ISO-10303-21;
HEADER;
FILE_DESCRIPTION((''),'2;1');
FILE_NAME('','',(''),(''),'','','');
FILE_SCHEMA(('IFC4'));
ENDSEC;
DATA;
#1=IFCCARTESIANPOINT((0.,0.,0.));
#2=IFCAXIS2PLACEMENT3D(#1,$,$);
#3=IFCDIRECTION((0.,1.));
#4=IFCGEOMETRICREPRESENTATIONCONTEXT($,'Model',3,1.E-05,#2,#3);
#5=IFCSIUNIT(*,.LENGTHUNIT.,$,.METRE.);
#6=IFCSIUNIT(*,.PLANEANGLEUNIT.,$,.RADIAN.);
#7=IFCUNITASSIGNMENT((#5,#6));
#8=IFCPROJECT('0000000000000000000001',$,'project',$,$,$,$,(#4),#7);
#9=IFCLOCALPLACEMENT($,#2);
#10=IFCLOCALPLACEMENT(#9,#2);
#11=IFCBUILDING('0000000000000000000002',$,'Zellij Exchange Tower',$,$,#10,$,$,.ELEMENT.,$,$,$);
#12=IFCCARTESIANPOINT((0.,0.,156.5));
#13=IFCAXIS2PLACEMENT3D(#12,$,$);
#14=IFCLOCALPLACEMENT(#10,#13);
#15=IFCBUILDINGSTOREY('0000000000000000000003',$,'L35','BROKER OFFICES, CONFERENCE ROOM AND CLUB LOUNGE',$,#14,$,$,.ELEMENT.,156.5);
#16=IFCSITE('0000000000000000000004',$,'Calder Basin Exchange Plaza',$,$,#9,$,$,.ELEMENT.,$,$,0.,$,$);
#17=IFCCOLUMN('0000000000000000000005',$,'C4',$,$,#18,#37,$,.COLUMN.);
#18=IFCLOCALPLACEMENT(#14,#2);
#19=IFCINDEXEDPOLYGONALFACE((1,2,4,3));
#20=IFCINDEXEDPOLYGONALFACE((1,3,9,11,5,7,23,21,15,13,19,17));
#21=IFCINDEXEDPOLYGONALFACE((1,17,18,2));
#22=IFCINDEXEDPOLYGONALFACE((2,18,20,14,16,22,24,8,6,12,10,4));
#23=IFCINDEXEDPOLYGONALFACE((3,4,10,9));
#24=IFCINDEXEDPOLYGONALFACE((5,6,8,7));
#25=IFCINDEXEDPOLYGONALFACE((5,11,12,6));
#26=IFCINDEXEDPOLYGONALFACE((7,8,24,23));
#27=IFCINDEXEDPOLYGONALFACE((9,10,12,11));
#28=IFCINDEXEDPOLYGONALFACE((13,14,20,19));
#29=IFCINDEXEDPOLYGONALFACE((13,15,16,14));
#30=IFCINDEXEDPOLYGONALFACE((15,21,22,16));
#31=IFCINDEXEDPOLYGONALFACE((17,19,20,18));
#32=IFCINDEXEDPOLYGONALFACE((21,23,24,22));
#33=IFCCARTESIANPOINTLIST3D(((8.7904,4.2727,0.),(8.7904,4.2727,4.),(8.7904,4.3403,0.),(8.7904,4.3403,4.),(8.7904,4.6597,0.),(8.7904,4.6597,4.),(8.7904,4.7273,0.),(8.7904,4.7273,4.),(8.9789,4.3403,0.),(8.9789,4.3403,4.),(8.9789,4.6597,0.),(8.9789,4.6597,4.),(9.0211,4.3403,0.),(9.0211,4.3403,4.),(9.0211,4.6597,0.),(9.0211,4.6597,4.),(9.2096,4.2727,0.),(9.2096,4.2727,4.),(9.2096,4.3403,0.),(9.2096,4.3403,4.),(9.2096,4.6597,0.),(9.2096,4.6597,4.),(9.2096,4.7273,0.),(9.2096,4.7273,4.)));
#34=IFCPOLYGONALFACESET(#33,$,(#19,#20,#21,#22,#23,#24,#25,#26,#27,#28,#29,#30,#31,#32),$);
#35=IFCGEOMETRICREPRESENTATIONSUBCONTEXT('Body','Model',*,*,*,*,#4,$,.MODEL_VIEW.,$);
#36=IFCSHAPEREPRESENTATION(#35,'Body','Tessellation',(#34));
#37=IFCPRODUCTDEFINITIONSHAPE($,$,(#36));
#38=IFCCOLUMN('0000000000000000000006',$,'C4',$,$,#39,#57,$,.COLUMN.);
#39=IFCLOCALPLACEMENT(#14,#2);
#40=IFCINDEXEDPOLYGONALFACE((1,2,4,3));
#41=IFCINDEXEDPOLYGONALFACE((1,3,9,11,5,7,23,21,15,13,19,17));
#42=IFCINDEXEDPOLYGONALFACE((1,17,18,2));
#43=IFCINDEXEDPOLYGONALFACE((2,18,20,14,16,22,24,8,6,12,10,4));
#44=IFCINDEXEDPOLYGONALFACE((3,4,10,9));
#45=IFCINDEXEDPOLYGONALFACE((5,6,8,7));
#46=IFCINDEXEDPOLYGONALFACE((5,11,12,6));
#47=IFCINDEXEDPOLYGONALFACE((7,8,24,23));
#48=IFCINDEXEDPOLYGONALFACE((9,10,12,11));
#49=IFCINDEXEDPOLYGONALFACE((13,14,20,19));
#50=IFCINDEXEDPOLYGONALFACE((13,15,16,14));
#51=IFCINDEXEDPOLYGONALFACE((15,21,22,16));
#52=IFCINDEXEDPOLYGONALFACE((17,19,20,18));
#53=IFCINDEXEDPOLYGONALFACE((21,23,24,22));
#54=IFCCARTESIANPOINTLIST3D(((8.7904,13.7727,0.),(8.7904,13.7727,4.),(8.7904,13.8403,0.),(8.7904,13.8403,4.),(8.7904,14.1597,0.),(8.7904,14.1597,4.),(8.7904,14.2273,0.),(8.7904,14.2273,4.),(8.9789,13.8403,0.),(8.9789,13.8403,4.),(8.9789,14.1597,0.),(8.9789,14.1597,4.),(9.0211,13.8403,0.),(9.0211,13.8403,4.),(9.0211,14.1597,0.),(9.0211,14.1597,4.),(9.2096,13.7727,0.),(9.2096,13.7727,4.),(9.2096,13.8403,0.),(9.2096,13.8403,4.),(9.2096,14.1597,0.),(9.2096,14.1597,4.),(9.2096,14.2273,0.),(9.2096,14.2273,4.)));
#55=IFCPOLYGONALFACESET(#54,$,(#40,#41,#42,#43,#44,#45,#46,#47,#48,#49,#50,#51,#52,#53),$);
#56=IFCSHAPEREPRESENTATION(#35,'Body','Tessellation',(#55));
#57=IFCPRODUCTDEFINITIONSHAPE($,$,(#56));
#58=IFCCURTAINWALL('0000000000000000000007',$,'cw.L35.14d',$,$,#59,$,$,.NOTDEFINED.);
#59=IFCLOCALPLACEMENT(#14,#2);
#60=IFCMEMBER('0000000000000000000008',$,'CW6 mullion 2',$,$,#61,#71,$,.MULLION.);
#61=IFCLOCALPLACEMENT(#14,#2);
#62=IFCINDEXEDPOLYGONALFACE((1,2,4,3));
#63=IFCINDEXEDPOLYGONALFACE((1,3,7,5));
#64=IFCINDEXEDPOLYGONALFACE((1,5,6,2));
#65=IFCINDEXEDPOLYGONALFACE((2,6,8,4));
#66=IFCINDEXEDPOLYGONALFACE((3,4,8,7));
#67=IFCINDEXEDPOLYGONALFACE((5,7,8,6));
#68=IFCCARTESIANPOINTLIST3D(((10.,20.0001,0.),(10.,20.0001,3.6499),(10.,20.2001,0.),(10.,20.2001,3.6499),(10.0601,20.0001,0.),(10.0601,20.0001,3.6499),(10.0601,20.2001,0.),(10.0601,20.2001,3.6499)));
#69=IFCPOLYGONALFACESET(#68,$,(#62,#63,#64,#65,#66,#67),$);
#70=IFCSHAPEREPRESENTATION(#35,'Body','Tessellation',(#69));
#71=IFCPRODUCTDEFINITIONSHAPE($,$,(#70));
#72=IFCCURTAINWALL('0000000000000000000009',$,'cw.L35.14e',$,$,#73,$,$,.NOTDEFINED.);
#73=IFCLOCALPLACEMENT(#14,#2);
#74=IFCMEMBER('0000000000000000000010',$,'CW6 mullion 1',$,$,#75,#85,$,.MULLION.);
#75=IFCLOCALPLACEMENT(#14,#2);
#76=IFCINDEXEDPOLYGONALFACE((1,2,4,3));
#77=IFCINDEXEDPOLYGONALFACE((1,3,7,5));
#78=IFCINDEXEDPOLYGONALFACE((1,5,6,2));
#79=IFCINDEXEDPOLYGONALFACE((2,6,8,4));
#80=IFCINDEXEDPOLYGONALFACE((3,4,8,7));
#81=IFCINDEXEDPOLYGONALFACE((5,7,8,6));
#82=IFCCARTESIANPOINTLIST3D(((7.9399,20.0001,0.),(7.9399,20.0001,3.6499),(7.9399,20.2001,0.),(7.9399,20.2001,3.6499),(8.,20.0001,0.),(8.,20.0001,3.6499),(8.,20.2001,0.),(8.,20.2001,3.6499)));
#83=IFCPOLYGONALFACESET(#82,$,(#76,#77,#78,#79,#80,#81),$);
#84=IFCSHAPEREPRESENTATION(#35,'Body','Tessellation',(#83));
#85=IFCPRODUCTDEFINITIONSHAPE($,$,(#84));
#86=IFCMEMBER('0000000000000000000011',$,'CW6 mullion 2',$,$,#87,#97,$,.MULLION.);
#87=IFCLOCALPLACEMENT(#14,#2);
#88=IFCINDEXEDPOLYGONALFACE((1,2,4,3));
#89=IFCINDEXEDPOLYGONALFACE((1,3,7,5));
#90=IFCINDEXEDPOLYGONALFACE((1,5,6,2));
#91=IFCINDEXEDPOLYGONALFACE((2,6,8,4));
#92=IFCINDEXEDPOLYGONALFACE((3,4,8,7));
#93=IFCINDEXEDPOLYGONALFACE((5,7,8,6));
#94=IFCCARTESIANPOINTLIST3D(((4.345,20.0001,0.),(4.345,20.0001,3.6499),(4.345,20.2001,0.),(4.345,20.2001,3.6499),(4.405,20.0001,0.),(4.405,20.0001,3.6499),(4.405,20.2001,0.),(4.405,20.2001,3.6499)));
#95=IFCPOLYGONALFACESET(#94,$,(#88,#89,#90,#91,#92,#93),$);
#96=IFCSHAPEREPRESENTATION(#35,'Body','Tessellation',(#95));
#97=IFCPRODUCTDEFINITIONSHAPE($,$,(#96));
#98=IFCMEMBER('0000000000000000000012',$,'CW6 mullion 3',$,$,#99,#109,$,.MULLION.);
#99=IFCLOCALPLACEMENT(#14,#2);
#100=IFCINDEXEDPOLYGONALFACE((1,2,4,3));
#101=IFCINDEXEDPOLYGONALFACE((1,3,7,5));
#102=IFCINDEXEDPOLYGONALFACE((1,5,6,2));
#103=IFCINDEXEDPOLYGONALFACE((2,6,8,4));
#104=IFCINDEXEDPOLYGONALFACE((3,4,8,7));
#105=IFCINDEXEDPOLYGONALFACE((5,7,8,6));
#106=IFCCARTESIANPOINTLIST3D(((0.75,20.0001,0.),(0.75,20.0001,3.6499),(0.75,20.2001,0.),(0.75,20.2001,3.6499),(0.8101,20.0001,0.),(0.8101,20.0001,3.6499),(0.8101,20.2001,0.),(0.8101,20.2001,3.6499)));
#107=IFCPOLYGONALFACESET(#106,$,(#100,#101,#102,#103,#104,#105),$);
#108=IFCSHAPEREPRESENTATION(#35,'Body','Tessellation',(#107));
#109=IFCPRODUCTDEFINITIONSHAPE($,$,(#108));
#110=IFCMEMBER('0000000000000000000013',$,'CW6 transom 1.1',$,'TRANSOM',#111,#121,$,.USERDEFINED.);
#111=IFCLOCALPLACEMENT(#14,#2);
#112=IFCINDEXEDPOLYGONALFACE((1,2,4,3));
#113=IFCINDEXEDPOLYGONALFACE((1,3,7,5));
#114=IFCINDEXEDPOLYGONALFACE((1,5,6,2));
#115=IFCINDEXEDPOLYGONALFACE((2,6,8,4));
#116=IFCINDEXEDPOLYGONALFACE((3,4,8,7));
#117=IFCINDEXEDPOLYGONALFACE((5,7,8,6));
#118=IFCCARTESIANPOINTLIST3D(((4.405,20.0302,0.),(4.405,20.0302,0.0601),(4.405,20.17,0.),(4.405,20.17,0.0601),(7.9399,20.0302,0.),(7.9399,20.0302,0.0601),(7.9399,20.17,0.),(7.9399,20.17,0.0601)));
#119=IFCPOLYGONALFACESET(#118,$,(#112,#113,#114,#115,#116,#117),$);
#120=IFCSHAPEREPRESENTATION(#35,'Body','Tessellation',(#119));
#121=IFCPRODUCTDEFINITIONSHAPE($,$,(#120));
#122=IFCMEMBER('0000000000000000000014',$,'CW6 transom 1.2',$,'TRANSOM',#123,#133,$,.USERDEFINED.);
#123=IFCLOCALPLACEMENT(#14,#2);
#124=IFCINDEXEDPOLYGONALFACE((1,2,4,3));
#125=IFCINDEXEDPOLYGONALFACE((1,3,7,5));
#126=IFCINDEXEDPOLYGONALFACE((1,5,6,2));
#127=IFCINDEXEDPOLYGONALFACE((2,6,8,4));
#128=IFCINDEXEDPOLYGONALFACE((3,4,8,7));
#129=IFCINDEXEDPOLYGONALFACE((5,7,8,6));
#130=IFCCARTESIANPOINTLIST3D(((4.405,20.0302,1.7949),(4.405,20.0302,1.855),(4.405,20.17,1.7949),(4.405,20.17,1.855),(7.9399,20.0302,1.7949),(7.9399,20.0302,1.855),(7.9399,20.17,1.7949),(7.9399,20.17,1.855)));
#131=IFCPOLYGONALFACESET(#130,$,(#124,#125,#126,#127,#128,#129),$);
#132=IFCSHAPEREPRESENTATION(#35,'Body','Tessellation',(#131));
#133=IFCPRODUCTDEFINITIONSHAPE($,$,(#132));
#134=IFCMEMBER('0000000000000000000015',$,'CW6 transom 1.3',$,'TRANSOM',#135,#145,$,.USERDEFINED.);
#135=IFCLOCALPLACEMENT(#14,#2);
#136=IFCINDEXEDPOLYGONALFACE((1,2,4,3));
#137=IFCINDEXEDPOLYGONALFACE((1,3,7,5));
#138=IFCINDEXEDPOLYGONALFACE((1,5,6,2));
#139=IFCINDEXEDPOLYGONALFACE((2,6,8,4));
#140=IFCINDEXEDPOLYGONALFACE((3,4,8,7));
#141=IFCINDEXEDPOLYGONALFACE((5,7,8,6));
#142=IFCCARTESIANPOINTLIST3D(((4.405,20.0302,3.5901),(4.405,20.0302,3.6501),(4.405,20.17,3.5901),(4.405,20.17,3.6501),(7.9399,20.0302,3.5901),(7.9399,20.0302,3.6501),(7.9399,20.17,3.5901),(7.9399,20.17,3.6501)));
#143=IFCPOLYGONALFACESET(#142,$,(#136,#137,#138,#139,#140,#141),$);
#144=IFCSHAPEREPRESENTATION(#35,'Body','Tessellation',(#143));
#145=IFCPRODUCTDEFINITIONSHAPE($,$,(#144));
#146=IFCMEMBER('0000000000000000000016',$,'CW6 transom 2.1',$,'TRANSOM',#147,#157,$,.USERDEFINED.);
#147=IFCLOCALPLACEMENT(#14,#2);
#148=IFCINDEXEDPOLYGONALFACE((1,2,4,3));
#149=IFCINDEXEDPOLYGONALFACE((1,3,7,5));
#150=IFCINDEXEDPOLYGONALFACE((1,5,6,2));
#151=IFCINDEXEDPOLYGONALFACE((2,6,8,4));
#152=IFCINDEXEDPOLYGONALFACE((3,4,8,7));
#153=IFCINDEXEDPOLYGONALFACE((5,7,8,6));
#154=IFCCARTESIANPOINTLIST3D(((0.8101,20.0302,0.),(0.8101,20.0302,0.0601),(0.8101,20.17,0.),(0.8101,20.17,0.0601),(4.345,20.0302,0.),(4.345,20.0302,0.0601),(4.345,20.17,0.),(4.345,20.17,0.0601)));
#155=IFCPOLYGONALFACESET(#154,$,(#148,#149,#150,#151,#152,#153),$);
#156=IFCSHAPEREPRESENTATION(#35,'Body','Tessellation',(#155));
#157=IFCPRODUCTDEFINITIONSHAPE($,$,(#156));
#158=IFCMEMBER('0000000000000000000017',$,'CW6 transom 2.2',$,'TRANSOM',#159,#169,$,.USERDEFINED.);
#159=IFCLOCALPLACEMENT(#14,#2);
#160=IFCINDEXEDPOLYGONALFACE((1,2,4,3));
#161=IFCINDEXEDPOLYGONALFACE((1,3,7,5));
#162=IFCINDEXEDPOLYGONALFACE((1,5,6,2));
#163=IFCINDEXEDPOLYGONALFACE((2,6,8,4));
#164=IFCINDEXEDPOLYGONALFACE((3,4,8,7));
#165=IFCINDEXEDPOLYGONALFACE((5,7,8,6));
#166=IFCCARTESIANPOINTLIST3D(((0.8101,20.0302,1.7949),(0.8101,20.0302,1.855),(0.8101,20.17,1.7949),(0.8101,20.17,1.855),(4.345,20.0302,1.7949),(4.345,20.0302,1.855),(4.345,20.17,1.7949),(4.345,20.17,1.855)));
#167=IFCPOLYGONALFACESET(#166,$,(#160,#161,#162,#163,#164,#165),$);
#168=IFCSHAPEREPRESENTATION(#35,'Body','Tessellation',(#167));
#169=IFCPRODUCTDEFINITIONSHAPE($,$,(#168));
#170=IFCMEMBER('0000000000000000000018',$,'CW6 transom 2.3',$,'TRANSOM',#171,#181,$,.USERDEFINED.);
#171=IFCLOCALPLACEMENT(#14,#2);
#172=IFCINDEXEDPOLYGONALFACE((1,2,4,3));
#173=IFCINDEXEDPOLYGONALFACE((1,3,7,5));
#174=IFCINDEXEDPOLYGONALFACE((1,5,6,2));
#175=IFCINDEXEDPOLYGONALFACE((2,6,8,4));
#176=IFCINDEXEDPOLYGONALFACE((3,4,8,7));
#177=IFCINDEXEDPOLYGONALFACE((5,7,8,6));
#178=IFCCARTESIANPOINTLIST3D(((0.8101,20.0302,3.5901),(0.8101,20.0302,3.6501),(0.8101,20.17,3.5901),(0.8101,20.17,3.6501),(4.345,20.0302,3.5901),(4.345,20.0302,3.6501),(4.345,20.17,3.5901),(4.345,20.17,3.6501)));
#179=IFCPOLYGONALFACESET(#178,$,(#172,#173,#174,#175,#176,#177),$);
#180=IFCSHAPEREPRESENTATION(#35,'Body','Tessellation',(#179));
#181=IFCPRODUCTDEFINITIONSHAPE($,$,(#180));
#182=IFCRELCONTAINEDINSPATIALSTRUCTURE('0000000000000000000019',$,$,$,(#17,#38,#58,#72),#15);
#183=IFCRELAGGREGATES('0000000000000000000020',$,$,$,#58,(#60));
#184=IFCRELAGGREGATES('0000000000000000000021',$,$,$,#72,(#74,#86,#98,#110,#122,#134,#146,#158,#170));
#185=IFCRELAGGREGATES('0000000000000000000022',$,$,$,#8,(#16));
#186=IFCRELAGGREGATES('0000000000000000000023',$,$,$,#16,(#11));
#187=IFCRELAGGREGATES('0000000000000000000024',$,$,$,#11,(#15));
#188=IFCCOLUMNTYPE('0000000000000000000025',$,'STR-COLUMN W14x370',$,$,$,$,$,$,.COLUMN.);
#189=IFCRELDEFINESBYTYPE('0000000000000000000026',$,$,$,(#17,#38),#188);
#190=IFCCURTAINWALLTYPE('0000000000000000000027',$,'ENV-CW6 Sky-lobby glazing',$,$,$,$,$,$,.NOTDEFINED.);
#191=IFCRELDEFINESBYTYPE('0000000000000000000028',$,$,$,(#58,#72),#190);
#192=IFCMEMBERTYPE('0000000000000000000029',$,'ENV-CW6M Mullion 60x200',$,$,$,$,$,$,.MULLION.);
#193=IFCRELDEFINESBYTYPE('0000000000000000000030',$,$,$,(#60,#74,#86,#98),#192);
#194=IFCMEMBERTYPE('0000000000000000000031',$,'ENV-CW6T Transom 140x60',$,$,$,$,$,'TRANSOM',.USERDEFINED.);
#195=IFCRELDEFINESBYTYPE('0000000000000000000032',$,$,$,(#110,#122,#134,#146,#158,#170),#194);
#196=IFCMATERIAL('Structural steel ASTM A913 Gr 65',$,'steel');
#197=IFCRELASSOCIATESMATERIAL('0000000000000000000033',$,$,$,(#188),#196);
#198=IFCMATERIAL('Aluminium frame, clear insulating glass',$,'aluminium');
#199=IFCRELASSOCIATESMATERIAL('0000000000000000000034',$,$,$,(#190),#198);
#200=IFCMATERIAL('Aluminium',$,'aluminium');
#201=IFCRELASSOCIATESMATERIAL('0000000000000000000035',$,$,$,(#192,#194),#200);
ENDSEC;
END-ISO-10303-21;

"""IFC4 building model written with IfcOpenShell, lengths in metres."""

from ifc_helpers import new_model, si_unit, direction, frame, origin, origin_2d, place, context, subcontext, project, spatial, rectangle, i_section, extrude, material, material_profile, profile_set, type_object, element, aggregate, save


model = new_model("IFC4")

# Units and contexts
model_context = context("Model", 3, precision=1e-05, world=origin(), true_north=direction((0.0, 1.0)))
body_context = subcontext(model_context, "Body", "Model", "MODEL_VIEW")
ifc_project = project(units=[si_unit("LENGTHUNIT", "METRE"), si_unit("PLANEANGLEUNIT", "RADIAN")], contexts=[model_context])

# Site, building, storey
site_placement = place(None, origin())
site = spatial("IfcSite", under=ifc_project, at=site_placement, Name="Calder Basin Exchange Plaza", CompositionType="ELEMENT", RefElevation=0.0)
building_placement = place(site_placement, origin())
building = spatial("IfcBuilding", under=site, at=building_placement, Name="Zellij Exchange Tower", CompositionType="ELEMENT")
storey_placement = place(building_placement, frame((0.0, 0.0, 156.5)))
storey = spatial("IfcBuildingStorey", under=building, at=storey_placement, Name="L35", Description="BROKER OFFICES, CONFERENCE ROOM AND CLUB LOUNGE", CompositionType="ELEMENT", Elevation=156.5)

# Columns
ifc_material_1 = material(Name="Structural steel ASTM A913 Gr 65", Category="steel")
ifc_material_profile_1 = material_profile(ifc_material_1, i_section(OverallWidth=0.4192, OverallDepth=0.4546, WebThickness=0.0422, FlangeThickness=0.0676, at=origin_2d()), Name="W14x370")
ifc_profile_set_1 = profile_set([ifc_material_profile_1], Name="Structural steel ASTM A913 Gr 65")
column_type_1 = type_object("IfcColumnType", Name="STR-COLUMN W14x370", PredefinedType="COLUMN", material=ifc_profile_set_1)
for number, where, z_axis, x_axis, name in (
    (1, (9.0, 4.5, 0.0), (0.0, 0.0, 1.0), (1.0, 0.0, 0.0), "C4"),
    (2, (9.0, 14.0, 0.0), (0.0, 0.0, 1.0), (1.0, 0.0, 0.0), "C4"),
):
    element("IfcColumn", number, at=place(storey_placement, frame(where, z_axis=z_axis, x_axis=x_axis)), inside=storey, type_object=column_type_1, Name=name, PredefinedType="COLUMN", context=body_context, shape_type="SweptSolid", body=[
        extrude(i_section(OverallWidth=0.4192, OverallDepth=0.4546, WebThickness=0.0422, FlangeThickness=0.0676, at=origin_2d()), origin(), (0.0, 0.0, 1.0), 4.0),
    ])

# Curtain wall, member
ifc_material_2 = material(Name="Aluminium frame, clear insulating glass", Category="aluminium")
curtain_wall_type = type_object("IfcCurtainWallType", Name="ENV-CW6 Sky-lobby glazing", PredefinedType="NOTDEFINED", material=ifc_material_2)
curtain_wall_1_placement = place(storey_placement, origin())
curtain_wall_1 = element("IfcCurtainWall", 3, at=curtain_wall_1_placement, inside=storey, type_object=curtain_wall_type, Name="cw.L35.14d", PredefinedType="NOTDEFINED")
ifc_material_3 = material(Name="Aluminium", Category="aluminium")
ifc_material_profile_2 = material_profile(ifc_material_3, rectangle(XDim=0.0601, YDim=0.2, at=origin_2d()), Name="AL 60x200")
ifc_profile_set_2 = profile_set([ifc_material_profile_2], Name="Aluminium")
member_type_1 = type_object("IfcMemberType", Name="ENV-CW6M Mullion 60x200", PredefinedType="MULLION", material=ifc_profile_set_2)
member_1_placement = place(storey_placement, frame((10.03, 20.1001, 0.0), z_axis=(0.0, 0.0, 1.0), x_axis=(-1.0, 0.0, 0.0)))
member_1 = element("IfcMember", 4, at=member_1_placement, type_object=member_type_1, Name="CW6 mullion 2", PredefinedType="MULLION", context=body_context, shape_type="SweptSolid", body=[
    extrude(rectangle(XDim=0.0601, YDim=0.2, at=origin_2d()), origin(), (0.0, 0.0, 1.0), 3.6499),
])

# Curtain wall, members
curtain_wall_2_placement = place(storey_placement, origin())
curtain_wall_2 = element("IfcCurtainWall", 5, at=curtain_wall_2_placement, inside=storey, type_object=curtain_wall_type, Name="cw.L35.14e", PredefinedType="NOTDEFINED")
member_2_placement = place(storey_placement, frame((7.97, 20.1001, 0.0), z_axis=(0.0, 0.0, 1.0), x_axis=(-1.0, 0.0, 0.0)))
member_2 = element("IfcMember", 6, at=member_2_placement, type_object=member_type_1, Name="CW6 mullion 1", PredefinedType="MULLION", context=body_context, shape_type="SweptSolid", body=[
    extrude(rectangle(XDim=0.0601, YDim=0.2, at=origin_2d()), origin(), (0.0, 0.0, 1.0), 3.6499),
])
member_3_placement = place(storey_placement, frame((4.375, 20.1001, 0.0), z_axis=(0.0, 0.0, 1.0), x_axis=(-1.0, 0.0, 0.0)))
member_3 = element("IfcMember", 7, at=member_3_placement, type_object=member_type_1, Name="CW6 mullion 2", PredefinedType="MULLION", context=body_context, shape_type="SweptSolid", body=[
    extrude(rectangle(XDim=0.0601, YDim=0.2, at=origin_2d()), origin(), (0.0, 0.0, 1.0), 3.6499),
])
member_4_placement = place(storey_placement, frame((0.78, 20.1001, 0.0), z_axis=(0.0, 0.0, 1.0), x_axis=(-1.0, 0.0, 0.0)))
member_4 = element("IfcMember", 8, at=member_4_placement, type_object=member_type_1, Name="CW6 mullion 3", PredefinedType="MULLION", context=body_context, shape_type="SweptSolid", body=[
    extrude(rectangle(XDim=0.0601, YDim=0.2, at=origin_2d()), origin(), (0.0, 0.0, 1.0), 3.6499),
])
ifc_material_profile_3 = material_profile(ifc_material_3, rectangle(XDim=0.1399, YDim=0.0601, at=origin_2d()), Name="AL 140x60")
ifc_profile_set_3 = profile_set([ifc_material_profile_3], Name="Aluminium")
member_type_2 = type_object("IfcMemberType", Name="ENV-CW6T Transom 140x60", ElementType="TRANSOM", PredefinedType="USERDEFINED", material=ifc_profile_set_3)
member_5_placement = place(storey_placement, frame((7.9399, 20.1001, 0.03), z_axis=(-1.0, 0.0, 0.0), x_axis=(0.0, -1.0, 0.0)))
member_5 = element("IfcMember", 9, at=member_5_placement, type_object=member_type_2, Name="CW6 transom 1.1", ObjectType="TRANSOM", PredefinedType="USERDEFINED", context=body_context, shape_type="SweptSolid", body=[
    extrude(rectangle(XDim=0.1399, YDim=0.0601, at=origin_2d()), origin(), (0.0, 0.0, 1.0), 3.5349),
])
member_6_placement = place(storey_placement, frame((7.9399, 20.1001, 1.825), z_axis=(-1.0, 0.0, 0.0), x_axis=(0.0, -1.0, 0.0)))
member_6 = element("IfcMember", 10, at=member_6_placement, type_object=member_type_2, Name="CW6 transom 1.2", ObjectType="TRANSOM", PredefinedType="USERDEFINED", context=body_context, shape_type="SweptSolid", body=[
    extrude(rectangle(XDim=0.1399, YDim=0.0601, at=origin_2d()), origin(), (0.0, 0.0, 1.0), 3.5349),
])
member_7_placement = place(storey_placement, frame((7.9399, 20.1001, 3.6201), z_axis=(-1.0, 0.0, 0.0), x_axis=(0.0, -1.0, 0.0)))
member_7 = element("IfcMember", 11, at=member_7_placement, type_object=member_type_2, Name="CW6 transom 1.3", ObjectType="TRANSOM", PredefinedType="USERDEFINED", context=body_context, shape_type="SweptSolid", body=[
    extrude(rectangle(XDim=0.1399, YDim=0.0601, at=origin_2d()), origin(), (0.0, 0.0, 1.0), 3.5349),
])
member_8_placement = place(storey_placement, frame((4.345, 20.1001, 0.03), z_axis=(-1.0, 0.0, 0.0), x_axis=(0.0, -1.0, 0.0)))
member_8 = element("IfcMember", 12, at=member_8_placement, type_object=member_type_2, Name="CW6 transom 2.1", ObjectType="TRANSOM", PredefinedType="USERDEFINED", context=body_context, shape_type="SweptSolid", body=[
    extrude(rectangle(XDim=0.1399, YDim=0.0601, at=origin_2d()), origin(), (0.0, 0.0, 1.0), 3.5349),
])
member_9_placement = place(storey_placement, frame((4.345, 20.1001, 1.825), z_axis=(-1.0, 0.0, 0.0), x_axis=(0.0, -1.0, 0.0)))
member_9 = element("IfcMember", 13, at=member_9_placement, type_object=member_type_2, Name="CW6 transom 2.2", ObjectType="TRANSOM", PredefinedType="USERDEFINED", context=body_context, shape_type="SweptSolid", body=[
    extrude(rectangle(XDim=0.1399, YDim=0.0601, at=origin_2d()), origin(), (0.0, 0.0, 1.0), 3.5349),
])
member_10_placement = place(storey_placement, frame((4.345, 20.1001, 3.6201), z_axis=(-1.0, 0.0, 0.0), x_axis=(0.0, -1.0, 0.0)))
member_10 = element("IfcMember", 14, at=member_10_placement, type_object=member_type_2, Name="CW6 transom 2.3", ObjectType="TRANSOM", PredefinedType="USERDEFINED", context=body_context, shape_type="SweptSolid", body=[
    extrude(rectangle(XDim=0.1399, YDim=0.0601, at=origin_2d()), origin(), (0.0, 0.0, 1.0), 3.5349),
])

aggregate(curtain_wall_1, [member_1])
aggregate(curtain_wall_2, [member_2, member_3, member_4, member_5, member_6, member_7, member_8, member_9, member_10])

save(model, "model.ifc")
